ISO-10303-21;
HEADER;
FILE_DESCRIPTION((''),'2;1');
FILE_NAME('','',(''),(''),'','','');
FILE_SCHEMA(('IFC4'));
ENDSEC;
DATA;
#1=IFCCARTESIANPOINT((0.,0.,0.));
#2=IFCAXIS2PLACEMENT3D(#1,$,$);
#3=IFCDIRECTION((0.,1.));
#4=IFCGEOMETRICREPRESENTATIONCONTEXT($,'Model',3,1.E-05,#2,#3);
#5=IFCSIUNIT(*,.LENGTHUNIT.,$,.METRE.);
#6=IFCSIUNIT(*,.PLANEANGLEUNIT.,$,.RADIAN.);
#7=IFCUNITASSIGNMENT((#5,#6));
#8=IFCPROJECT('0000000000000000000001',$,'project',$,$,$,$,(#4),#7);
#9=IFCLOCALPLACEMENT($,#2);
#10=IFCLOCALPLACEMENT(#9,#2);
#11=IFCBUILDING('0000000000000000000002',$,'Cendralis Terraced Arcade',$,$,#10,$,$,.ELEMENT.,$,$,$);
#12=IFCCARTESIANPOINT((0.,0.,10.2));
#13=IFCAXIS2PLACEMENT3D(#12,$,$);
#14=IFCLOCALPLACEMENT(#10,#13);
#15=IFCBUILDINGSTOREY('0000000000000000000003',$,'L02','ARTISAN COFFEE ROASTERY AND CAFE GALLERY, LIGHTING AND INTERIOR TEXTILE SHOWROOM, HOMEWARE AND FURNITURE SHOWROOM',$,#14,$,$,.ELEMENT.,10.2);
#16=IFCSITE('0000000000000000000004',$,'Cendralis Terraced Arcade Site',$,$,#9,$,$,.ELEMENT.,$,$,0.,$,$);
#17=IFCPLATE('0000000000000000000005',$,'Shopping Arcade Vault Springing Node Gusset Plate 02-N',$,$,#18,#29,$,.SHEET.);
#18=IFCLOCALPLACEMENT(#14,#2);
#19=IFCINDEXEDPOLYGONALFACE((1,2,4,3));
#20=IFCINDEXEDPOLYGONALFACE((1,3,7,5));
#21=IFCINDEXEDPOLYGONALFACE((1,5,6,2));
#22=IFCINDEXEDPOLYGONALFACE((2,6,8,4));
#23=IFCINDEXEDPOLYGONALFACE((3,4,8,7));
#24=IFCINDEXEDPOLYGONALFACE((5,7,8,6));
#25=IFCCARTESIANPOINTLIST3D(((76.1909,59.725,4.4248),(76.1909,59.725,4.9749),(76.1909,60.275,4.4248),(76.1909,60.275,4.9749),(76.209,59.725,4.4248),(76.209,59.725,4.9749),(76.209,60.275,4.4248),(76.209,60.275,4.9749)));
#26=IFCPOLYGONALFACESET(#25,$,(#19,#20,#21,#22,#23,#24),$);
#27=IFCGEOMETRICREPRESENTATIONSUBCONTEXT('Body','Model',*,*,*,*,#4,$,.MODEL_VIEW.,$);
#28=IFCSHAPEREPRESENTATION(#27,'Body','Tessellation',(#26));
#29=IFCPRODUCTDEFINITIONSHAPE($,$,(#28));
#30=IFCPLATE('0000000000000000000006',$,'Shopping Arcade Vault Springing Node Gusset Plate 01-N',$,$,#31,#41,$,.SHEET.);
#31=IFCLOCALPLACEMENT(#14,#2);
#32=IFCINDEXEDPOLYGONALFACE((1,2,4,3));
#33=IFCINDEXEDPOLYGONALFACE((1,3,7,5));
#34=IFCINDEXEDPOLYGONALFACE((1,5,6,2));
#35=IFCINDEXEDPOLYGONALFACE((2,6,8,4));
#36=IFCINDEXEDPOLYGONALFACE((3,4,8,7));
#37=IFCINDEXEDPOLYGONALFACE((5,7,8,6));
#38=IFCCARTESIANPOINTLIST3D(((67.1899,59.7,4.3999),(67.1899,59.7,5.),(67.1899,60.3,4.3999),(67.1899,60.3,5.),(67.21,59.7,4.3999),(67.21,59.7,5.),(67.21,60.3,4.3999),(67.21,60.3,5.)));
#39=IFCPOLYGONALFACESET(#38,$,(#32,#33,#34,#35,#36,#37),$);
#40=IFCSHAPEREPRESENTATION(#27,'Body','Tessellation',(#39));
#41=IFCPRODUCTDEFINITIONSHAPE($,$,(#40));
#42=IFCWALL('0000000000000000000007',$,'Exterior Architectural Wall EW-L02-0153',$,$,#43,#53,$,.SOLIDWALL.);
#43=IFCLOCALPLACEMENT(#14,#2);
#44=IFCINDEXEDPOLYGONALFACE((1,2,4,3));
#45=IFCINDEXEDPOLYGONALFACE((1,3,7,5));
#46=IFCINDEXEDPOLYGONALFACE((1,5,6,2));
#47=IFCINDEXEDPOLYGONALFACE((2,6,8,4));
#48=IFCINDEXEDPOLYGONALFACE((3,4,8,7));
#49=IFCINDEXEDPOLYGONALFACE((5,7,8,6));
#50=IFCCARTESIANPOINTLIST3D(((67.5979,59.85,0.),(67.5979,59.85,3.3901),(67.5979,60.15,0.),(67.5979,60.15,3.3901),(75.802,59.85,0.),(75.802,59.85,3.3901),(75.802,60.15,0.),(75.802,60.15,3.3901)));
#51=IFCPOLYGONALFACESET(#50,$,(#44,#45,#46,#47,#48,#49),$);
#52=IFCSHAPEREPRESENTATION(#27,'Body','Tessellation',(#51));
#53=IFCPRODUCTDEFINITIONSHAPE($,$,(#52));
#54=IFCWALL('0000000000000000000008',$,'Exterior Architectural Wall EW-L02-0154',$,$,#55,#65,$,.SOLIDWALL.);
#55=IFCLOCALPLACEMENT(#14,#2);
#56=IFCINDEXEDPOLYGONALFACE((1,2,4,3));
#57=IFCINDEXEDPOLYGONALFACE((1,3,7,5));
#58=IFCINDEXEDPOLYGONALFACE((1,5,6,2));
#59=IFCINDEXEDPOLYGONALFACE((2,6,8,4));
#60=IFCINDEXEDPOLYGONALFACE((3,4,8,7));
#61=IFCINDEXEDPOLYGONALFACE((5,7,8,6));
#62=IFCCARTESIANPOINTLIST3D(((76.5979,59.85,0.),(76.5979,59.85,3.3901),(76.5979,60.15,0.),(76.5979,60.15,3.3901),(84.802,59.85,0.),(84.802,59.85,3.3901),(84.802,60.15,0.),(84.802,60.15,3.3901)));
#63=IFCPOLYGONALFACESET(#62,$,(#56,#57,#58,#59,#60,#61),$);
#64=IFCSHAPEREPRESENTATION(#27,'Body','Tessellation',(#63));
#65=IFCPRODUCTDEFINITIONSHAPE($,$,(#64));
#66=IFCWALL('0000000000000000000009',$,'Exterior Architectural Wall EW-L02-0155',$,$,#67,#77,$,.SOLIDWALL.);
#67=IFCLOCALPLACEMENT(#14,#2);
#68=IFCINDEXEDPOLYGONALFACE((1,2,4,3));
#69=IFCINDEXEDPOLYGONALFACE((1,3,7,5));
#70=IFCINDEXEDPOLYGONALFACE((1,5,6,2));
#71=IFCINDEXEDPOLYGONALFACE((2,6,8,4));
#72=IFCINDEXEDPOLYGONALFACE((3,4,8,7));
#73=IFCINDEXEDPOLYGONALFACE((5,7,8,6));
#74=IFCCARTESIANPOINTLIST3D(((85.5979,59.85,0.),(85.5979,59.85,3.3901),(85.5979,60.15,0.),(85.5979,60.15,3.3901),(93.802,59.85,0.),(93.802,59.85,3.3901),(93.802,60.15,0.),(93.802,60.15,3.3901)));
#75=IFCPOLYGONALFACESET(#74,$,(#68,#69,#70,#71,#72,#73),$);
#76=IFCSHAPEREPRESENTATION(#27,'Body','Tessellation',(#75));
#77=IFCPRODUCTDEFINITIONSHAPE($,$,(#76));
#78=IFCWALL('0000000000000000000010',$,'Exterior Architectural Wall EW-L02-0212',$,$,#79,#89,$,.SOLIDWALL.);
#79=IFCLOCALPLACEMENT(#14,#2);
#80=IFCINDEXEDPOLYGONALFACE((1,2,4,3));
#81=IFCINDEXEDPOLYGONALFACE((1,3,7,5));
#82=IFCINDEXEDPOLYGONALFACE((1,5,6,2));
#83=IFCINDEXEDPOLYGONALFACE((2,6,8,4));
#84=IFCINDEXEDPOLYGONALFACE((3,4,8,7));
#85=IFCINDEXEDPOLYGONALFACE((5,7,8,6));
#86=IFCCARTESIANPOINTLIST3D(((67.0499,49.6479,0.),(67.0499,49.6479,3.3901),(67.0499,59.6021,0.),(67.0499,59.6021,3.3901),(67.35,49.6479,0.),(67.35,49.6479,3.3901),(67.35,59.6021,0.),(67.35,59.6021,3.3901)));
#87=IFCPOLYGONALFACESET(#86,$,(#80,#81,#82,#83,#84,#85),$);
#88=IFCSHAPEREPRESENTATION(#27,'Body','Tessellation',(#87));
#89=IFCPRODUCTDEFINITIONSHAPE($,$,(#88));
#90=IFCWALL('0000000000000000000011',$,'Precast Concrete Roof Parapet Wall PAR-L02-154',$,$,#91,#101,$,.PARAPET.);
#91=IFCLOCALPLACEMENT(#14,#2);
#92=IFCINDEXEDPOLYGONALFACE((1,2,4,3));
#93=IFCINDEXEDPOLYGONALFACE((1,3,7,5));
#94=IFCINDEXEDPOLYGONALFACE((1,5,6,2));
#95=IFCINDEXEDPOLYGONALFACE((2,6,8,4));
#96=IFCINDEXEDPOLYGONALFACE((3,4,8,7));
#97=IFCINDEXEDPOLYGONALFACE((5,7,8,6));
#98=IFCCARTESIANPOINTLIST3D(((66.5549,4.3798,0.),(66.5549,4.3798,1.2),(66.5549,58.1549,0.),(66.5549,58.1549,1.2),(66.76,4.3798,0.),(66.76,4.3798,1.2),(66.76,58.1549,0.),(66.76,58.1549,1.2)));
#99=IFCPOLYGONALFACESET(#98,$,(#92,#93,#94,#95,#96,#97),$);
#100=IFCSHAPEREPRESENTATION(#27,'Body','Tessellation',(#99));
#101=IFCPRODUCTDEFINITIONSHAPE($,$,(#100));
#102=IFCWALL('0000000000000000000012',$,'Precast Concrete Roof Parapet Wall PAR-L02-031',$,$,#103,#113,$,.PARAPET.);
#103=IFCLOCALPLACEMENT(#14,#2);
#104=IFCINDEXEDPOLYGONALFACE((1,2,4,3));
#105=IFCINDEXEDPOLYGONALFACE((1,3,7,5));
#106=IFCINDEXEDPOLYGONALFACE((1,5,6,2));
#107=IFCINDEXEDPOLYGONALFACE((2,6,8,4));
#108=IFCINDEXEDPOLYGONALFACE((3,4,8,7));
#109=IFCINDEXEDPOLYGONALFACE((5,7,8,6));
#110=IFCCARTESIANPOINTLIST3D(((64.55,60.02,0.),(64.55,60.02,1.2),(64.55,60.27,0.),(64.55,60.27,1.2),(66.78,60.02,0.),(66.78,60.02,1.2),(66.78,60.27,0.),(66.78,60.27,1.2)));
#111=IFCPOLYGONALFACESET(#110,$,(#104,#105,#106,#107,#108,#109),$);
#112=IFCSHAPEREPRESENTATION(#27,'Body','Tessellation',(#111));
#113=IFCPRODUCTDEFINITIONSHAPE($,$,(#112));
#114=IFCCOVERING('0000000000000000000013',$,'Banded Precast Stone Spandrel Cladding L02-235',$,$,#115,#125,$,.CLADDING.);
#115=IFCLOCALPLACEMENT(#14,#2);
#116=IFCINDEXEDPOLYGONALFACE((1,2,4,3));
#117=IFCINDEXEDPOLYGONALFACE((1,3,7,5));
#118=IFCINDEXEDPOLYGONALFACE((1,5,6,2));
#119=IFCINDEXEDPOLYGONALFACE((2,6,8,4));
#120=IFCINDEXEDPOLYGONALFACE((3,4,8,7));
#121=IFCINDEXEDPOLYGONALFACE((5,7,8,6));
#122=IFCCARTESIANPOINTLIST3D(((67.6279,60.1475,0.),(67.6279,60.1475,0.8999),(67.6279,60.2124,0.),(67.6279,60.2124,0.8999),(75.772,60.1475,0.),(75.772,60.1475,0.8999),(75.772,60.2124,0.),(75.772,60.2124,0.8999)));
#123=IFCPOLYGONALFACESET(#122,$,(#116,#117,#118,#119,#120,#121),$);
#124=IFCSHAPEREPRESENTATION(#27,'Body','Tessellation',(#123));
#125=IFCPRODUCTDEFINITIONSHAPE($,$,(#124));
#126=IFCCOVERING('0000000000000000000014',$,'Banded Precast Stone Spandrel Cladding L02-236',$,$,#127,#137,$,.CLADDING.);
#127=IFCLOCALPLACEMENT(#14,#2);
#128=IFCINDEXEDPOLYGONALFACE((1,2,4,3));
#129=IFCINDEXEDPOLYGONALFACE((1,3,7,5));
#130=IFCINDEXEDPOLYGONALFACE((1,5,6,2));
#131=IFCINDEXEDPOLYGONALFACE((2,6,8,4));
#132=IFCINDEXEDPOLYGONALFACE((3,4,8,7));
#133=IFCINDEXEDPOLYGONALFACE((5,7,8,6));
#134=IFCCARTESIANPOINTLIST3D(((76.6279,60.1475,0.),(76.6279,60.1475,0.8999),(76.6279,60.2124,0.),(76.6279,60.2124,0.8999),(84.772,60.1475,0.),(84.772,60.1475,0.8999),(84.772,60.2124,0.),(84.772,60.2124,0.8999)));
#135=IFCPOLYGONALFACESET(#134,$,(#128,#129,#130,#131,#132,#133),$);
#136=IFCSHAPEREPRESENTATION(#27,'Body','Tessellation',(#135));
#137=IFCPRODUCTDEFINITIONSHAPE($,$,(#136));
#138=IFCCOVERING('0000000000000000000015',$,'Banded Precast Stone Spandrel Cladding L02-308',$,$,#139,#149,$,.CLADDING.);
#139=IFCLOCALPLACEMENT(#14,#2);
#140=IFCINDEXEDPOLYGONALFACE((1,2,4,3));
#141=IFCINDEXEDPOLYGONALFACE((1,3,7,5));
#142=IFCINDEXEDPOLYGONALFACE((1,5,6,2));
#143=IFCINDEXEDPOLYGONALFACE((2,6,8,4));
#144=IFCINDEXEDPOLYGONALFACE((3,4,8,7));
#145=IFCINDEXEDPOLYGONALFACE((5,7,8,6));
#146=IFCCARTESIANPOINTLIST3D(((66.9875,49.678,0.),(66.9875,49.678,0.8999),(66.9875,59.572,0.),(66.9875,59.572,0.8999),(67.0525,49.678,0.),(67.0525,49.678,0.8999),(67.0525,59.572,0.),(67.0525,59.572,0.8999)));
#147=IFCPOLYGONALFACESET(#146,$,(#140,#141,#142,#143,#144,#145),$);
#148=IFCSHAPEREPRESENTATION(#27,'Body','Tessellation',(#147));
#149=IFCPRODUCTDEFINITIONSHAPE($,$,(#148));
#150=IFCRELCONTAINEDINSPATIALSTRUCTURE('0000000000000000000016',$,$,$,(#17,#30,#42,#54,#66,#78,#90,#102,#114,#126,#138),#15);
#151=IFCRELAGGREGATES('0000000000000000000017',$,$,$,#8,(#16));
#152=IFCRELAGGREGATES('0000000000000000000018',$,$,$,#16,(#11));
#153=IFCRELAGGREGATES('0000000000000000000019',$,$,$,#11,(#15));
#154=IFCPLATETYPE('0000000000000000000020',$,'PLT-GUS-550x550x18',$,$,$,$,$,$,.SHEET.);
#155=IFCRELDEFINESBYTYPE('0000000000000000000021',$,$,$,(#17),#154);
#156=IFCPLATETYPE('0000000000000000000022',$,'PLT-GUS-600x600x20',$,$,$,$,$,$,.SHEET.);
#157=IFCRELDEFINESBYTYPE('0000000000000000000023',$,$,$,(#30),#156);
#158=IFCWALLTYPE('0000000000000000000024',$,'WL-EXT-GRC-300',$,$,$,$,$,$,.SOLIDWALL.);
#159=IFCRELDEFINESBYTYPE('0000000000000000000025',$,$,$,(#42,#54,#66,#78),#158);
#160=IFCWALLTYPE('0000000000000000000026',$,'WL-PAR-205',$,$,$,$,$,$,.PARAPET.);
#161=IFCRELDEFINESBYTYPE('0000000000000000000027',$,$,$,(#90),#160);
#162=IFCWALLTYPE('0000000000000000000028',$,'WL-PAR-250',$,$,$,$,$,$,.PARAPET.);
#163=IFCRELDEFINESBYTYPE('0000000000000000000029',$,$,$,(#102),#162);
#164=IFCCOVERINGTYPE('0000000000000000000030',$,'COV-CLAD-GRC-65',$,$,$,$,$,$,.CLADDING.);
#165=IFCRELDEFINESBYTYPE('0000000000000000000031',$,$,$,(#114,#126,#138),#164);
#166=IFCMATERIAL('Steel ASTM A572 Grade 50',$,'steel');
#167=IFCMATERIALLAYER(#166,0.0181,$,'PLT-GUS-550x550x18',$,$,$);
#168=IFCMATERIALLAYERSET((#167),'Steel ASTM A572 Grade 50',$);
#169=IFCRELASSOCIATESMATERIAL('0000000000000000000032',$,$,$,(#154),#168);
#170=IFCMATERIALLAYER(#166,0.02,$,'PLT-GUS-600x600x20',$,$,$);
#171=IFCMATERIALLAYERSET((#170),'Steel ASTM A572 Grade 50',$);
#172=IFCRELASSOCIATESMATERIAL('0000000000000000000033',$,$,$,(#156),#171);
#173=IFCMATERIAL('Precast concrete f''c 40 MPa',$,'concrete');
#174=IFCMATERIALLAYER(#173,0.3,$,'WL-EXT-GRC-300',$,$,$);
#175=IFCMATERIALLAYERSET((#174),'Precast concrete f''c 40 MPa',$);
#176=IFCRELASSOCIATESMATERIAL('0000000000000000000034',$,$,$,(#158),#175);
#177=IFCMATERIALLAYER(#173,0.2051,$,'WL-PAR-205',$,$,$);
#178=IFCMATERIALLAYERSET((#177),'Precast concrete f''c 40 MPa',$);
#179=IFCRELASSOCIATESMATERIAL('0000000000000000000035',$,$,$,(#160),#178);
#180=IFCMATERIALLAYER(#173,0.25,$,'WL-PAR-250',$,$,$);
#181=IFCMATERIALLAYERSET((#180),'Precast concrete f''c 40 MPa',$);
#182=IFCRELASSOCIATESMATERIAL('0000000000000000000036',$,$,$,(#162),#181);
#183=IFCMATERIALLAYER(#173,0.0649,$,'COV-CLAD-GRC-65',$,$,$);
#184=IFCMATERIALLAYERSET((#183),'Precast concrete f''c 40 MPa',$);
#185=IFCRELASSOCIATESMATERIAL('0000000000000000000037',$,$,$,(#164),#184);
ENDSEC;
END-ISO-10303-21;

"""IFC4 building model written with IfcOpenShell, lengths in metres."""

from ifc_helpers import new_model, si_unit, direction, frame, frame_2d, origin, origin_2d, place, context, subcontext, project, spatial, rectangle, extrude, material, layer, layer_set, type_object, element, save


model = new_model("IFC4")

# Units and contexts
model_context = context("Model", 3, precision=1e-05, world=origin(), true_north=direction((0.0, 1.0)))
body_context = subcontext(model_context, "Body", "Model", "MODEL_VIEW")
ifc_project = project(units=[si_unit("LENGTHUNIT", "METRE"), si_unit("PLANEANGLEUNIT", "RADIAN")], contexts=[model_context])

# Site, building, storey
site_placement = place(None, origin())
site = spatial("IfcSite", under=ifc_project, at=site_placement, Name="Cendralis Terraced Arcade Site", CompositionType="ELEMENT", RefElevation=0.0)
building_placement = place(site_placement, origin())
building = spatial("IfcBuilding", under=site, at=building_placement, Name="Cendralis Terraced Arcade", CompositionType="ELEMENT")
storey_placement = place(building_placement, frame((0.0, 0.0, 10.2)))
storey = spatial("IfcBuildingStorey", under=building, at=storey_placement, Name="L02", Description="ARTISAN COFFEE ROASTERY AND CAFE GALLERY, LIGHTING AND INTERIOR TEXTILE SHOWROOM, HOMEWARE AND FURNITURE SHOWROOM", CompositionType="ELEMENT", Elevation=10.2)

# Plates
ifc_material_1 = material(Name="Steel ASTM A572 Grade 50", Category="steel")
ifc_layer_1 = layer(ifc_material_1, 0.0181, Name="PLT-GUS-550x550x18")
ifc_layer_set_1 = layer_set([ifc_layer_1], Name="Steel ASTM A572 Grade 50")
plate_type_1 = type_object("IfcPlateType", Name="PLT-GUS-550x550x18", PredefinedType="SHEET", material=ifc_layer_set_1)
plate_1_placement = place(storey_placement, frame((76.2, 60.0, 4.4248), z_axis=(0.0, 0.0, 1.0), x_axis=(0.0, 1.0, 0.0)))
element("IfcPlate", 1, at=plate_1_placement, inside=storey, type_object=plate_type_1, Name="Shopping Arcade Vault Springing Node Gusset Plate 02-N", PredefinedType="SHEET", context=body_context, shape_type="SweptSolid", body=[
    extrude(rectangle(XDim=0.55, YDim=0.0181, at=origin_2d()), origin(), (0.0, 0.0, 1.0), 0.55),
])
ifc_layer_2 = layer(ifc_material_1, 0.02, Name="PLT-GUS-600x600x20")
ifc_layer_set_2 = layer_set([ifc_layer_2], Name="Steel ASTM A572 Grade 50")
plate_type_2 = type_object("IfcPlateType", Name="PLT-GUS-600x600x20", PredefinedType="SHEET", material=ifc_layer_set_2)
plate_2_placement = place(storey_placement, frame((67.2, 60.0, 4.3999), z_axis=(0.0, 0.0, 1.0), x_axis=(0.0, 1.0, 0.0)))
element("IfcPlate", 2, at=plate_2_placement, inside=storey, type_object=plate_type_2, Name="Shopping Arcade Vault Springing Node Gusset Plate 01-N", PredefinedType="SHEET", context=body_context, shape_type="SweptSolid", body=[
    extrude(rectangle(XDim=0.6001, YDim=0.02, at=origin_2d()), origin(), (0.0, 0.0, 1.0), 0.6001),
])

# Walls
ifc_material_2 = material(Name="Precast concrete f'c 40 MPa", Category="concrete")
ifc_layer_3 = layer(ifc_material_2, 0.3, Name="WL-EXT-GRC-300")
ifc_layer_set_3 = layer_set([ifc_layer_3], Name="Precast concrete f'c 40 MPa")
wall_type_1 = type_object("IfcWallType", Name="WL-EXT-GRC-300", PredefinedType="SOLIDWALL", material=ifc_layer_set_3)
for number, where, z_axis, x_axis, name in (
    (3, (67.5979, 60.0, 0.0), (0.0, 0.0, 1.0), (1.0, 0.0, 0.0), "Exterior Architectural Wall EW-L02-0153"),
    (4, (76.5979, 60.0, 0.0), (0.0, 0.0, 1.0), (1.0, 0.0, 0.0), "Exterior Architectural Wall EW-L02-0154"),
    (5, (85.5979, 60.0, 0.0), (0.0, 0.0, 1.0), (1.0, 0.0, 0.0), "Exterior Architectural Wall EW-L02-0155"),
):
    element("IfcWall", number, at=place(storey_placement, frame(where, z_axis=z_axis, x_axis=x_axis)), inside=storey, type_object=wall_type_1, Name=name, PredefinedType="SOLIDWALL", context=body_context, shape_type="SweptSolid", body=[
        extrude(rectangle(XDim=8.2041, YDim=0.3, at=frame_2d((4.1021, 0.0))), origin(), (0.0, 0.0, 1.0), 3.3901),
    ])
wall_1_placement = place(storey_placement, frame((67.2, 49.6479, 0.0), z_axis=(0.0, 0.0, 1.0), x_axis=(0.0, 1.0, 0.0)))
element("IfcWall", 6, at=wall_1_placement, inside=storey, type_object=wall_type_1, Name="Exterior Architectural Wall EW-L02-0212", PredefinedType="SOLIDWALL", context=body_context, shape_type="SweptSolid", body=[
    extrude(rectangle(XDim=9.9541, YDim=0.3, at=frame_2d((4.9771, 0.0))), origin(), (0.0, 0.0, 1.0), 3.3901),
])
ifc_layer_4 = layer(ifc_material_2, 0.2051, Name="WL-PAR-205")
ifc_layer_set_4 = layer_set([ifc_layer_4], Name="Precast concrete f'c 40 MPa")
wall_type_2 = type_object("IfcWallType", Name="WL-PAR-205", PredefinedType="PARAPET", material=ifc_layer_set_4)
wall_2_placement = place(storey_placement, frame((66.6575, 58.155, 0.0), z_axis=(0.0, 0.0, 1.0), x_axis=(0.0, -1.0, 0.0)))
element("IfcWall", 7, at=wall_2_placement, inside=storey, type_object=wall_type_2, Name="Precast Concrete Roof Parapet Wall PAR-L02-154", PredefinedType="PARAPET", context=body_context, shape_type="SweptSolid", body=[
    extrude(rectangle(XDim=53.7751, YDim=0.2051, at=frame_2d((26.8877, 0.0))), origin(), (0.0, 0.0, 1.0), 1.2),
])
ifc_layer_5 = layer(ifc_material_2, 0.25, Name="WL-PAR-250")
ifc_layer_set_5 = layer_set([ifc_layer_5], Name="Precast concrete f'c 40 MPa")
wall_type_3 = type_object("IfcWallType", Name="WL-PAR-250", PredefinedType="PARAPET", material=ifc_layer_set_5)
wall_3_placement = place(storey_placement, frame((66.78, 60.145, 0.0), z_axis=(0.0, 0.0, 1.0), x_axis=(-1.0, 0.0, 0.0)))
element("IfcWall", 8, at=wall_3_placement, inside=storey, type_object=wall_type_3, Name="Precast Concrete Roof Parapet Wall PAR-L02-031", PredefinedType="PARAPET", context=body_context, shape_type="SweptSolid", body=[
    extrude(rectangle(XDim=2.23, YDim=0.25, at=frame_2d((1.115, 0.0))), origin(), (0.0, 0.0, 1.0), 1.2),
])

# Coverings
ifc_layer_6 = layer(ifc_material_2, 0.0649, Name="COV-CLAD-GRC-65")
ifc_layer_set_6 = layer_set([ifc_layer_6], Name="Precast concrete f'c 40 MPa")
covering_type = type_object("IfcCoveringType", Name="COV-CLAD-GRC-65", PredefinedType="CLADDING", material=ifc_layer_set_6)
for number, where, z_axis, x_axis, name in (
    (9, (71.7, 60.1799, 0.0), (0.0, 0.0, 1.0), (1.0, 0.0, 0.0), "Banded Precast Stone Spandrel Cladding L02-235"),
    (10, (80.7, 60.1799, 0.0), (0.0, 0.0, 1.0), (1.0, 0.0, 0.0), "Banded Precast Stone Spandrel Cladding L02-236"),
):
    element("IfcCovering", number, at=place(storey_placement, frame(where, z_axis=z_axis, x_axis=x_axis)), inside=storey, type_object=covering_type, Name=name, PredefinedType="CLADDING", context=body_context, shape_type="SweptSolid", body=[
        extrude(rectangle(XDim=8.144, YDim=0.0649, at=origin_2d()), origin(), (0.0, 0.0, 1.0), 0.8999),
    ])
covering_placement = place(storey_placement, frame((67.02, 54.625, 0.0), z_axis=(0.0, 0.0, 1.0), x_axis=(0.0, 1.0, 0.0)))
element("IfcCovering", 11, at=covering_placement, inside=storey, type_object=covering_type, Name="Banded Precast Stone Spandrel Cladding L02-308", PredefinedType="CLADDING", context=body_context, shape_type="SweptSolid", body=[
    extrude(rectangle(XDim=9.894, YDim=0.0649, at=origin_2d()), origin(), (0.0, 0.0, 1.0), 0.8999),
])

save(model, "model.ifc")
